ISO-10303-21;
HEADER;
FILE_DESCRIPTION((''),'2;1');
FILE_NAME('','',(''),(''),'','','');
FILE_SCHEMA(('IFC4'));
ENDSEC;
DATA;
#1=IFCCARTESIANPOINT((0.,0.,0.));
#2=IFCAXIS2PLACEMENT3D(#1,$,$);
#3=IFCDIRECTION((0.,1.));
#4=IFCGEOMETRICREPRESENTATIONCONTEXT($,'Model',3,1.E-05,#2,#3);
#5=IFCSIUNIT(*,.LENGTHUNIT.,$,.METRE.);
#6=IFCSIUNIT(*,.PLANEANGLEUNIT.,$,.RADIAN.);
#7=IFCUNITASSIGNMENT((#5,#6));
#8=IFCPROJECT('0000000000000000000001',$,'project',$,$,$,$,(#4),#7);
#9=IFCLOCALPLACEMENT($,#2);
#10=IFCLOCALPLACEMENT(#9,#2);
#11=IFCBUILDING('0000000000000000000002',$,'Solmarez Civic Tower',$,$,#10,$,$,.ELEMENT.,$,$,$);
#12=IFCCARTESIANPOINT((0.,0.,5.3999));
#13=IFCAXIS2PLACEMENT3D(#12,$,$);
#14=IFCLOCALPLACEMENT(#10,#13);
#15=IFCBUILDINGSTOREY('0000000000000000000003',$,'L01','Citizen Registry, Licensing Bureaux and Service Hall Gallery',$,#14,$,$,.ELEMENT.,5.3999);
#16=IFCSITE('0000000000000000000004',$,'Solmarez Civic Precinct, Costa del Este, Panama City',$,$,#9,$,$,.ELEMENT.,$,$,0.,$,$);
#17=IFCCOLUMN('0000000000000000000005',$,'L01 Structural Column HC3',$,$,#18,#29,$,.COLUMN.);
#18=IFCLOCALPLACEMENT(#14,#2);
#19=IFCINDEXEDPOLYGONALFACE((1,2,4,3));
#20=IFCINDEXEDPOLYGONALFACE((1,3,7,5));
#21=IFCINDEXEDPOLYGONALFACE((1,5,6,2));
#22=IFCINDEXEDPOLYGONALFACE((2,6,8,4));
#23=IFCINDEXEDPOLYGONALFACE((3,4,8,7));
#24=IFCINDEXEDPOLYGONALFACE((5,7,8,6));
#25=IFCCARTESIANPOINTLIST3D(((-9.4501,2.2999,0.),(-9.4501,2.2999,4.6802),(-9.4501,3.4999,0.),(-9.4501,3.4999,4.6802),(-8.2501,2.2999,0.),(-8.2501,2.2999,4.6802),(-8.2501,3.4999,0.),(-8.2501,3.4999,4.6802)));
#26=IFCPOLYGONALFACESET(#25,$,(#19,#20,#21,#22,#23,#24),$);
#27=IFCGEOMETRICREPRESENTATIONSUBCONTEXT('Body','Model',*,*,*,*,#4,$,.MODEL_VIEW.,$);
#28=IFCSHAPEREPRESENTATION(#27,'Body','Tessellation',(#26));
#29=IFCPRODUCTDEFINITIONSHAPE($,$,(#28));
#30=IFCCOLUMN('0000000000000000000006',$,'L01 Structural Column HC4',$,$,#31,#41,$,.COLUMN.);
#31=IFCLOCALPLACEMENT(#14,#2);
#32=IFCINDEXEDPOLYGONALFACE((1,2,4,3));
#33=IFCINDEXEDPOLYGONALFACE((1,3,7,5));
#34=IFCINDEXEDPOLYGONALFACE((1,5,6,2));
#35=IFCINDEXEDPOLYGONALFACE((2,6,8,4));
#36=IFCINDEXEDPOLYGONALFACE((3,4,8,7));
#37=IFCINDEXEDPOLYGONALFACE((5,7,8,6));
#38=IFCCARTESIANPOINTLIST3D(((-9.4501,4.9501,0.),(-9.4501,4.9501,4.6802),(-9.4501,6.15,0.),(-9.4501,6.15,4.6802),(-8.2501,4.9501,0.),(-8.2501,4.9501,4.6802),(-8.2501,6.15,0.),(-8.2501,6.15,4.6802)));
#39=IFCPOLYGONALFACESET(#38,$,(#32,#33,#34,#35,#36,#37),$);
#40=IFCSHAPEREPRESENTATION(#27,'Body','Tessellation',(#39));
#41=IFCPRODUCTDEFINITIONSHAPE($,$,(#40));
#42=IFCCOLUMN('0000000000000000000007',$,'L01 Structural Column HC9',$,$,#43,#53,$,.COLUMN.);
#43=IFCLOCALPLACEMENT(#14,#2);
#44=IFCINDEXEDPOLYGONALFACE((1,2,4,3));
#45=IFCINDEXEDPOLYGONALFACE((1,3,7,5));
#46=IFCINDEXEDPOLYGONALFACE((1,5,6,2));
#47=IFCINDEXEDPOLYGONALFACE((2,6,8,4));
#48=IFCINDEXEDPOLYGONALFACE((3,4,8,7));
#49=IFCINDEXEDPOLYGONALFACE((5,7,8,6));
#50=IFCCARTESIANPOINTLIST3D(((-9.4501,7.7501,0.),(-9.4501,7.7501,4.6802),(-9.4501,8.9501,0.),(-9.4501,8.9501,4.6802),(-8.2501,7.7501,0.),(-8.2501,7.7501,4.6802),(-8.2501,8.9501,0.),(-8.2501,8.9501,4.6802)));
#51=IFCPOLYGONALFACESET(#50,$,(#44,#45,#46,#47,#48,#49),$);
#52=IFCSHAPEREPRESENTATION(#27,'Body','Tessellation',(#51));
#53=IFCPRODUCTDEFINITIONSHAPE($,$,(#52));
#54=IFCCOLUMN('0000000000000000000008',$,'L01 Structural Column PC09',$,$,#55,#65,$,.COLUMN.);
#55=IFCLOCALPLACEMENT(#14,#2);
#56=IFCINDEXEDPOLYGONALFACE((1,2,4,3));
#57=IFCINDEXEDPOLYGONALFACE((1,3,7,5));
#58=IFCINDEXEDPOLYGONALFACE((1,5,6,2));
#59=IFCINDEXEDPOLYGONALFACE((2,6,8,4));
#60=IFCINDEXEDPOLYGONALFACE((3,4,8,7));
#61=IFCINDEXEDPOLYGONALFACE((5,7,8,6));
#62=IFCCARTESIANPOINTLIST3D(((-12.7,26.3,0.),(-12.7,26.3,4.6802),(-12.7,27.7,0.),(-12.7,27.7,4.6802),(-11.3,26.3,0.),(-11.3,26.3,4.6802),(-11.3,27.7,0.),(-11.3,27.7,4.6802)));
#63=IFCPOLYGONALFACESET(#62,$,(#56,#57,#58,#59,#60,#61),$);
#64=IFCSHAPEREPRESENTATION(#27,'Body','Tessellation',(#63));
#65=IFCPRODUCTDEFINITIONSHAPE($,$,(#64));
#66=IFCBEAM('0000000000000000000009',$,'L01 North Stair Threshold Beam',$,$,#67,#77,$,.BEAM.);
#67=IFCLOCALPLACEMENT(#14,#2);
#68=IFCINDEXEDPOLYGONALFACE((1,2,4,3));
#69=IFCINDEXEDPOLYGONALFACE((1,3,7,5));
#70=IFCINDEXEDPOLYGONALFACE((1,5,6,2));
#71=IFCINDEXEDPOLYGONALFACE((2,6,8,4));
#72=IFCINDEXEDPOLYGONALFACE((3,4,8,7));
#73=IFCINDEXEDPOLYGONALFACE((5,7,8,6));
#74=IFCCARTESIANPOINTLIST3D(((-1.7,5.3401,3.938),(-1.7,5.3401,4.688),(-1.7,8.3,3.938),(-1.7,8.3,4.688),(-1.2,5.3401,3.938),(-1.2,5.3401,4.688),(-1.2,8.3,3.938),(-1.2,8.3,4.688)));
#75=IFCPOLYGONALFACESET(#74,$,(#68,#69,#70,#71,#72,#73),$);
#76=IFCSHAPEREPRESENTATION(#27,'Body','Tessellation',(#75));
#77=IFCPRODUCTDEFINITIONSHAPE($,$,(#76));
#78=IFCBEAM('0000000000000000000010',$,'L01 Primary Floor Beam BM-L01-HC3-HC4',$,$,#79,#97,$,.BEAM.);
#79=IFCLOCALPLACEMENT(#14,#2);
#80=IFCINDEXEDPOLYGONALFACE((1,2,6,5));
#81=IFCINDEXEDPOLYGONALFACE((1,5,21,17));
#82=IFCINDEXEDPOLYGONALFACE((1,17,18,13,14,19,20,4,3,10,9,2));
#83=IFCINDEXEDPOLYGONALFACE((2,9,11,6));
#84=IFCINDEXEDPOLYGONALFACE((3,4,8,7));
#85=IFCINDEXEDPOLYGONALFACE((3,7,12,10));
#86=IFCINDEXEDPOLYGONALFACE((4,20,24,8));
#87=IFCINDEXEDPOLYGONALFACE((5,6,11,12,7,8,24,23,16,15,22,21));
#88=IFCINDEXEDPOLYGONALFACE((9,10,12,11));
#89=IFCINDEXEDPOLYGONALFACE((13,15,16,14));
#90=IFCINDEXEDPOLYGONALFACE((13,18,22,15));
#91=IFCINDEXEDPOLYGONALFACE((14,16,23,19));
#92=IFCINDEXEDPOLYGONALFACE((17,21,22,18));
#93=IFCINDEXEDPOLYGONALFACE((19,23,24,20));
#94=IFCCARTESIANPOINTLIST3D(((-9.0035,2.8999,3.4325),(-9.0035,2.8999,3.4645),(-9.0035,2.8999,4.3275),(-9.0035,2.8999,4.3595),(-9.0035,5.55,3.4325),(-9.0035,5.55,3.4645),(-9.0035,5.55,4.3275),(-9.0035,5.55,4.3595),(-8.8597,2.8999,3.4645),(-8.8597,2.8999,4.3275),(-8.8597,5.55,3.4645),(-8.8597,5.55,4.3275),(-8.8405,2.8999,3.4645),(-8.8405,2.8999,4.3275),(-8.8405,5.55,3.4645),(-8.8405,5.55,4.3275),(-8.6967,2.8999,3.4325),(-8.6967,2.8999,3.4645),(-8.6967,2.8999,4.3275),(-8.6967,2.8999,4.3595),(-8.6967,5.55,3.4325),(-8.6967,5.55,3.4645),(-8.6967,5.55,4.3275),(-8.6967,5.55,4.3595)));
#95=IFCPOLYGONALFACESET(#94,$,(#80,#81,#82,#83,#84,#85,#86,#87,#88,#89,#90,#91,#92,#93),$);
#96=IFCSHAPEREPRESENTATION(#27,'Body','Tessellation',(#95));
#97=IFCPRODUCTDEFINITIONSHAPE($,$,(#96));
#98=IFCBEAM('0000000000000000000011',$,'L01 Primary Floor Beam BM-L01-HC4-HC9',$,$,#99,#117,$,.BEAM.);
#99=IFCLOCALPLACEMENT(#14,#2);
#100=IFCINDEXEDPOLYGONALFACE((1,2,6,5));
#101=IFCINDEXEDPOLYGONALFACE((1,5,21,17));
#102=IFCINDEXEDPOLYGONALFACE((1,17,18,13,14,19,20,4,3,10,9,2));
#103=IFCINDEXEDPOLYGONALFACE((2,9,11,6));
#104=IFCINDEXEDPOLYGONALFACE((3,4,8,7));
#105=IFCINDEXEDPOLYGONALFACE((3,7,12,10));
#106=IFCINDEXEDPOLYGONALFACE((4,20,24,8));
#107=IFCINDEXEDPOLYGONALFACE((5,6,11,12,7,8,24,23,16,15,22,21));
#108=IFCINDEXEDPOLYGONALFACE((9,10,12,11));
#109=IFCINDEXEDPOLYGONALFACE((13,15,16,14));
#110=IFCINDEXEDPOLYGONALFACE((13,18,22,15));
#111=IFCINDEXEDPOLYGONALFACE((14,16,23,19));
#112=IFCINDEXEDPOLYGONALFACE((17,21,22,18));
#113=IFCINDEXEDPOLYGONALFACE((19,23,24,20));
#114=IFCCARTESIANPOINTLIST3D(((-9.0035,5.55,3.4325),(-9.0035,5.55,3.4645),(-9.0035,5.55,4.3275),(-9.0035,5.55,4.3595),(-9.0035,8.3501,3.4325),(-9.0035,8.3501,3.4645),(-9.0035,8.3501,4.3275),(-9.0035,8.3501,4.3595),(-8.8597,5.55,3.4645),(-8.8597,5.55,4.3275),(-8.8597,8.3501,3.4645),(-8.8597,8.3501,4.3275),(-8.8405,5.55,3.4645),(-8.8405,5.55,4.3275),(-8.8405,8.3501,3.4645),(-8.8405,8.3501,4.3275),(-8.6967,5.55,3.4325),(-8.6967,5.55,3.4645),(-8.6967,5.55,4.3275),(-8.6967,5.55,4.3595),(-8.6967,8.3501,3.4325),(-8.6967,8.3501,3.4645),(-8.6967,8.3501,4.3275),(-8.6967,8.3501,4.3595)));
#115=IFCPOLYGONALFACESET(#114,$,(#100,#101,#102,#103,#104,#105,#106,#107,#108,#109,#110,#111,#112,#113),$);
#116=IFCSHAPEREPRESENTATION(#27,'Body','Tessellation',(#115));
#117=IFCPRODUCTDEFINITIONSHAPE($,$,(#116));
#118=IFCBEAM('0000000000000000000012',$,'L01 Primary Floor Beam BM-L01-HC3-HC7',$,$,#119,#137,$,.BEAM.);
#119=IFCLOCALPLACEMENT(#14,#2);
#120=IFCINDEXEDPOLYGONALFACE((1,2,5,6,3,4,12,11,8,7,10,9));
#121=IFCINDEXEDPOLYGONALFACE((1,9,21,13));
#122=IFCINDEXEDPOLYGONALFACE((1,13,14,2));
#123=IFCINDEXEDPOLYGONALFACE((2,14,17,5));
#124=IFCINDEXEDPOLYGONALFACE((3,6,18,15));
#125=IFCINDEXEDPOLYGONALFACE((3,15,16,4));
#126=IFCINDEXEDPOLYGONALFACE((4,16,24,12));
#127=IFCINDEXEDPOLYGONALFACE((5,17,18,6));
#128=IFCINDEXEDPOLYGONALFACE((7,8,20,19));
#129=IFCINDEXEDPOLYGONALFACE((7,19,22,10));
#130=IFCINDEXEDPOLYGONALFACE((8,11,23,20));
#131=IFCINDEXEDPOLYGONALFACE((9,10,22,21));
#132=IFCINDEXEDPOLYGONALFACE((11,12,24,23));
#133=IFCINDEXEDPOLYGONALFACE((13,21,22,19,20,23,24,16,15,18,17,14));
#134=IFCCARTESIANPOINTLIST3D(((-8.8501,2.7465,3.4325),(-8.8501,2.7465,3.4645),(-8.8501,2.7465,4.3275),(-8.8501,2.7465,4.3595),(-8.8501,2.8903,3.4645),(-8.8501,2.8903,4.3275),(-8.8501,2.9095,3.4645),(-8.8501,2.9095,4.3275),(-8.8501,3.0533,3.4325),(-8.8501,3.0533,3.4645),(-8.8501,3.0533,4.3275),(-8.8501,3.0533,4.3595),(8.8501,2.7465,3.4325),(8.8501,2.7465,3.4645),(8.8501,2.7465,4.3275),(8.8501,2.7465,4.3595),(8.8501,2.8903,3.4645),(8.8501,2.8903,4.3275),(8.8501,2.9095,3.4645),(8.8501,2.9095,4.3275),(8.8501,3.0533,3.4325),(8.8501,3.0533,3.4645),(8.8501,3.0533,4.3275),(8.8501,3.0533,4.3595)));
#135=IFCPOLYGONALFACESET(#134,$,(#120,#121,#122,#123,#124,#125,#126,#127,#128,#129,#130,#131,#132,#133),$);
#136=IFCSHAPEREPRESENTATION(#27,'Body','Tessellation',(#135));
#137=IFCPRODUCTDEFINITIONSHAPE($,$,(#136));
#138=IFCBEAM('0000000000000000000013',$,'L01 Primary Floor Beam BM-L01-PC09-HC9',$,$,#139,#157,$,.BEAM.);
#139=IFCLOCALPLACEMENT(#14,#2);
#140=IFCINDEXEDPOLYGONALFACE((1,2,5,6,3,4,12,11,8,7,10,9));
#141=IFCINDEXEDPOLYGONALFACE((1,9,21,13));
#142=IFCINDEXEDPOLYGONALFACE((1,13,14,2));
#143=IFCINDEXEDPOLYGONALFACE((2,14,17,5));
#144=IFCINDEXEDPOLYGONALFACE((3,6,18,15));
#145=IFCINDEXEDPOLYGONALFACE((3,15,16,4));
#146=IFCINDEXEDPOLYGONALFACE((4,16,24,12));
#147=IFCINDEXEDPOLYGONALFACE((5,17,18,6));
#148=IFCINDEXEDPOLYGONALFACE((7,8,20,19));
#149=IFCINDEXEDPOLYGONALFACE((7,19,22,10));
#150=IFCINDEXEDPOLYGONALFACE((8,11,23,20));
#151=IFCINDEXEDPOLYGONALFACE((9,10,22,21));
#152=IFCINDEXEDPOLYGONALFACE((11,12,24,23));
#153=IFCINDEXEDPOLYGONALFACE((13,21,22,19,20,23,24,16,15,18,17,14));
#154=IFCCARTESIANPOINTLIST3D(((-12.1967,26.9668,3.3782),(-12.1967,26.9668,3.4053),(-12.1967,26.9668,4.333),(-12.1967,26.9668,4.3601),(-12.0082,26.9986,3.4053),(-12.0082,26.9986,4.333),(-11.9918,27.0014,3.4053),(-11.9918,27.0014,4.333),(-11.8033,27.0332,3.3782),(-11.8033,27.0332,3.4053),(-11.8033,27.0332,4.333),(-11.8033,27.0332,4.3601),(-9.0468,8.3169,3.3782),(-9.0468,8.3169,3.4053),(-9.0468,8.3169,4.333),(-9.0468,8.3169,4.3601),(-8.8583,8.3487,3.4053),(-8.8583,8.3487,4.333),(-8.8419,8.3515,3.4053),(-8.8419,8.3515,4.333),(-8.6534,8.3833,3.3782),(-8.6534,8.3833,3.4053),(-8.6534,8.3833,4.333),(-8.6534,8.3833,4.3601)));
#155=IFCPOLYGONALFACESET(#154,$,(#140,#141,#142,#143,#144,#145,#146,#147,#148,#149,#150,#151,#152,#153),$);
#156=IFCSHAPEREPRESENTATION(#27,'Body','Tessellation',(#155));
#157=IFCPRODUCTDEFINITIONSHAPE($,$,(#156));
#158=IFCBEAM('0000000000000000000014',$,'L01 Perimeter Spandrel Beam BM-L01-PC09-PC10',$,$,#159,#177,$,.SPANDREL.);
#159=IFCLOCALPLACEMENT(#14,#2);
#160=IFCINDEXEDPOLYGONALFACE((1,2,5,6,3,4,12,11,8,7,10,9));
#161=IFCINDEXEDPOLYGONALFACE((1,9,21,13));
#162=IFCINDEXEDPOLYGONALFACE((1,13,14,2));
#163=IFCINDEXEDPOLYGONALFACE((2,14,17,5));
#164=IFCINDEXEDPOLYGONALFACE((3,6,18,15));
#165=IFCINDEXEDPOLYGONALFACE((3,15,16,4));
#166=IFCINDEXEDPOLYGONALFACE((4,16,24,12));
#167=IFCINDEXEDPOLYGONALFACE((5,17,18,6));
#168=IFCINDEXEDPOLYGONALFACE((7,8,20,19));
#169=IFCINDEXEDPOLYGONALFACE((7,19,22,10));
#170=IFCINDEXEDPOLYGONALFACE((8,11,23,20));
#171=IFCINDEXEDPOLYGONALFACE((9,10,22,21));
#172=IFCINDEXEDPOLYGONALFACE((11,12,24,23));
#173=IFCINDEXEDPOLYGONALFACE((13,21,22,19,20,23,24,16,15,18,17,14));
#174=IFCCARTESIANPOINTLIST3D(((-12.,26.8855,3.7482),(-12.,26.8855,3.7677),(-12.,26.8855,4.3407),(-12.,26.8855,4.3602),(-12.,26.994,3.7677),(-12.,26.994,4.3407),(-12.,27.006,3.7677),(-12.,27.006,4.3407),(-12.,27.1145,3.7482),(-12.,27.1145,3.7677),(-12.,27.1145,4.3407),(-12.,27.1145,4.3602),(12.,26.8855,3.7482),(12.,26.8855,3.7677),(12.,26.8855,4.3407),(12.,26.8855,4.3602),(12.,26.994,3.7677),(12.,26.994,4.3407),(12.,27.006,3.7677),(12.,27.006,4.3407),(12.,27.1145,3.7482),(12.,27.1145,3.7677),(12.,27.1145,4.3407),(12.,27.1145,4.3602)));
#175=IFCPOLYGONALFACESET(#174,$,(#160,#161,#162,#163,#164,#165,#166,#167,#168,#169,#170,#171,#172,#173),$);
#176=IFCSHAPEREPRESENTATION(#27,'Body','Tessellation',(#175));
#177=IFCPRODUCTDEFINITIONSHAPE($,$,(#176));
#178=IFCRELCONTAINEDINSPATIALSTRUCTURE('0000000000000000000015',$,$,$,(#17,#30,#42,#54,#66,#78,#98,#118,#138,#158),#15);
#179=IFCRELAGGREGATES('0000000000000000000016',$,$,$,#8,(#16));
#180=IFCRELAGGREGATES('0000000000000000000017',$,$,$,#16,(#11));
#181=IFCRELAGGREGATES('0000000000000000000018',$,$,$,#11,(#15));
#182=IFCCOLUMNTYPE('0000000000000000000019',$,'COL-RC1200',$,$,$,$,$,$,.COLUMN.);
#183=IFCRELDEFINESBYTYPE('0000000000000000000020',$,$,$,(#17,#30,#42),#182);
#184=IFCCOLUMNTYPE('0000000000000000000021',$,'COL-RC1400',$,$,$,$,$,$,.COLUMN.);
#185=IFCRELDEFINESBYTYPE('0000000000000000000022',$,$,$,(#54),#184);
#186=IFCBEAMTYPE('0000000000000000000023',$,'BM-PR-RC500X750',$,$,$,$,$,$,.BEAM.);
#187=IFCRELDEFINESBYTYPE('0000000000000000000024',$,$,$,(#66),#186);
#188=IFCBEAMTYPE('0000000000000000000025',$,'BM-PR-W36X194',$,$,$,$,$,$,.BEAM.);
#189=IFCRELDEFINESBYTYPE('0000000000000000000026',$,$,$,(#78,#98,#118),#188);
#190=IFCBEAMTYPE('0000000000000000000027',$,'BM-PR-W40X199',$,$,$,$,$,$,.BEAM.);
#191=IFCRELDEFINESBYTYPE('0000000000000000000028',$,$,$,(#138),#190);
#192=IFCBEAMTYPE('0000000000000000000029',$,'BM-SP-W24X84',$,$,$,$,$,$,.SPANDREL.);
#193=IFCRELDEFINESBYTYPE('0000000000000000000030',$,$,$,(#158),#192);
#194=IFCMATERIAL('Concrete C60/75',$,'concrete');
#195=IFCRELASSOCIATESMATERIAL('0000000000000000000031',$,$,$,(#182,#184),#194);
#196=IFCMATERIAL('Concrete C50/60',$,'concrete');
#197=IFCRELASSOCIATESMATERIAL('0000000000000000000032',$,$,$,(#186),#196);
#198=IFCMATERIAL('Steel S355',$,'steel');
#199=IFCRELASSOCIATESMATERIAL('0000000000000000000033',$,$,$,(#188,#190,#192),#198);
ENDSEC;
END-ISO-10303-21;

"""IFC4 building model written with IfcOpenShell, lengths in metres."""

from ifc_helpers import new_model, si_unit, direction, frame, origin, origin_2d, place, context, subcontext, project, spatial, rectangle, i_section, extrude, material, material_profile, profile_set, type_object, element, save


model = new_model("IFC4")

# Units and contexts
model_context = context("Model", 3, precision=1e-05, world=origin(), true_north=direction((0.0, 1.0)))
body_context = subcontext(model_context, "Body", "Model", "MODEL_VIEW")
ifc_project = project(units=[si_unit("LENGTHUNIT", "METRE"), si_unit("PLANEANGLEUNIT", "RADIAN")], contexts=[model_context])

# Site, building, storey
site_placement = place(None, origin())
site = spatial("IfcSite", under=ifc_project, at=site_placement, Name="Solmarez Civic Precinct, Costa del Este, Panama City", CompositionType="ELEMENT", RefElevation=0.0)
building_placement = place(site_placement, origin())
building = spatial("IfcBuilding", under=site, at=building_placement, Name="Solmarez Civic Tower", CompositionType="ELEMENT")
storey_placement = place(building_placement, frame((0.0, 0.0, 5.3999)))
storey = spatial("IfcBuildingStorey", under=building, at=storey_placement, Name="L01", Description="Citizen Registry, Licensing Bureaux and Service Hall Gallery", CompositionType="ELEMENT", Elevation=5.3999)

# Columns
ifc_material_1 = material(Name="Concrete C60/75", Category="concrete")
ifc_material_profile_1 = material_profile(ifc_material_1, rectangle(XDim=1.2, YDim=1.2, at=origin_2d()), Name="RC1200X1200")
ifc_profile_set_1 = profile_set([ifc_material_profile_1], Name="Concrete C60/75")
column_type_1 = type_object("IfcColumnType", Name="COL-RC1200", PredefinedType="COLUMN", material=ifc_profile_set_1)
for number, where, z_axis, x_axis, name in (
    (1, (-8.8501, 2.8999, 0.0), (0.0, 0.0, 1.0), (1.0, 0.0, 0.0), "L01 Structural Column HC3"),
    (2, (-8.8501, 5.55, 0.0), (0.0, 0.0, 1.0), (1.0, 0.0, 0.0), "L01 Structural Column HC4"),
    (3, (-8.8501, 8.3501, 0.0), (0.0, 0.0, 1.0), (1.0, 0.0, 0.0), "L01 Structural Column HC9"),
):
    element("IfcColumn", number, at=place(storey_placement, frame(where, z_axis=z_axis, x_axis=x_axis)), inside=storey, type_object=column_type_1, Name=name, PredefinedType="COLUMN", context=body_context, shape_type="SweptSolid", body=[
        extrude(rectangle(XDim=1.2, YDim=1.2, at=origin_2d()), origin(), (0.0, 0.0, 1.0), 4.6802),
    ])
ifc_material_profile_2 = material_profile(ifc_material_1, rectangle(XDim=1.3999, YDim=1.3999, at=origin_2d()), Name="RC1400X1400")
ifc_profile_set_2 = profile_set([ifc_material_profile_2], Name="Concrete C60/75")
column_type_2 = type_object("IfcColumnType", Name="COL-RC1400", PredefinedType="COLUMN", material=ifc_profile_set_2)
column_placement = place(storey_placement, frame((-12.0, 27.0, 0.0), z_axis=(0.0, 0.0, 1.0), x_axis=(1.0, 0.0, 0.0)))
element("IfcColumn", 4, at=column_placement, inside=storey, type_object=column_type_2, Name="L01 Structural Column PC09", PredefinedType="COLUMN", context=body_context, shape_type="SweptSolid", body=[
    extrude(rectangle(XDim=1.3999, YDim=1.3999, at=origin_2d()), origin(), (0.0, 0.0, 1.0), 4.6802),
])

# Beams
ifc_material_2 = material(Name="Concrete C50/60", Category="concrete")
ifc_material_profile_3 = material_profile(ifc_material_2, rectangle(XDim=0.5, YDim=0.75, at=origin_2d()), Name="RC500X750")
ifc_profile_set_3 = profile_set([ifc_material_profile_3], Name="Concrete C50/60")
beam_type_1 = type_object("IfcBeamType", Name="BM-PR-RC500X750", PredefinedType="BEAM", material=ifc_profile_set_3)
beam_1_placement = place(storey_placement, frame((-1.45, 5.3401, 4.313), z_axis=(0.0, 1.0, 0.0), x_axis=(-1.0, 0.0, 0.0)))
element("IfcBeam", 5, at=beam_1_placement, inside=storey, type_object=beam_type_1, Name="L01 North Stair Threshold Beam", PredefinedType="BEAM", context=body_context, shape_type="SweptSolid", body=[
    extrude(rectangle(XDim=0.5, YDim=0.75, at=origin_2d()), origin(), (0.0, 0.0, 1.0), 2.96),
])
ifc_material_3 = material(Name="Steel S355", Category="steel")
ifc_material_profile_4 = material_profile(ifc_material_3, i_section(OverallWidth=0.3069, OverallDepth=0.927, WebThickness=0.0193, FlangeThickness=0.032, at=origin_2d()), Name="W36X194")
ifc_profile_set_4 = profile_set([ifc_material_profile_4], Name="Steel S355")
beam_type_2 = type_object("IfcBeamType", Name="BM-PR-W36X194", PredefinedType="BEAM", material=ifc_profile_set_4)
beam_2_placement = place(storey_placement, frame((-8.8501, 2.8999, 3.896), z_axis=(0.0, 1.0, 0.0), x_axis=(-1.0, 0.0, 0.0)))
element("IfcBeam", 6, at=beam_2_placement, inside=storey, type_object=beam_type_2, Name="L01 Primary Floor Beam BM-L01-HC3-HC4", PredefinedType="BEAM", context=body_context, shape_type="SweptSolid", body=[
    extrude(i_section(OverallWidth=0.3069, OverallDepth=0.927, WebThickness=0.0193, FlangeThickness=0.032, at=origin_2d()), origin(), (0.0, 0.0, 1.0), 2.6501),
])
beam_3_placement = place(storey_placement, frame((-8.8501, 5.55, 3.896), z_axis=(0.0, 1.0, 0.0), x_axis=(-1.0, 0.0, 0.0)))
element("IfcBeam", 7, at=beam_3_placement, inside=storey, type_object=beam_type_2, Name="L01 Primary Floor Beam BM-L01-HC4-HC9", PredefinedType="BEAM", context=body_context, shape_type="SweptSolid", body=[
    extrude(i_section(OverallWidth=0.3069, OverallDepth=0.927, WebThickness=0.0193, FlangeThickness=0.032, at=origin_2d()), origin(), (0.0, 0.0, 1.0), 2.8),
])
beam_4_placement = place(storey_placement, frame((-8.8501, 2.8999, 3.896), z_axis=(1.0, 0.0, 0.0), x_axis=(0.0, 1.0, 0.0)))
element("IfcBeam", 8, at=beam_4_placement, inside=storey, type_object=beam_type_2, Name="L01 Primary Floor Beam BM-L01-HC3-HC7", PredefinedType="BEAM", context=body_context, shape_type="SweptSolid", body=[
    extrude(i_section(OverallWidth=0.3069, OverallDepth=0.927, WebThickness=0.0193, FlangeThickness=0.032, at=origin_2d()), origin(), (0.0, 0.0, 1.0), 17.7002),
])
ifc_material_profile_5 = material_profile(ifc_material_3, i_section(OverallWidth=0.3989, OverallDepth=0.9819, WebThickness=0.0166, FlangeThickness=0.0271, at=origin_2d()), Name="W40X199")
ifc_profile_set_5 = profile_set([ifc_material_profile_5], Name="Steel S355")
beam_type_3 = type_object("IfcBeamType", Name="BM-PR-W40X199", PredefinedType="BEAM", material=ifc_profile_set_5)
beam_5_placement = place(storey_placement, frame((-12.0, 27.0, 3.8691), z_axis=(0.166538, -0.986035, 0.0), x_axis=(0.986035, 0.166538, 0.0)))
element("IfcBeam", 9, at=beam_5_placement, inside=storey, type_object=beam_type_3, Name="L01 Primary Floor Beam BM-L01-PC09-HC9", PredefinedType="BEAM", context=body_context, shape_type="SweptSolid", body=[
    extrude(i_section(OverallWidth=0.3989, OverallDepth=0.9819, WebThickness=0.0166, FlangeThickness=0.0271, at=origin_2d()), origin(), (0.0, 0.0, 1.0), 18.9141),
])
ifc_material_profile_6 = material_profile(ifc_material_3, i_section(OverallWidth=0.229, OverallDepth=0.6121, WebThickness=0.012, FlangeThickness=0.0195, at=origin_2d()), Name="W24X84")
ifc_profile_set_6 = profile_set([ifc_material_profile_6], Name="Steel S355")
beam_type_4 = type_object("IfcBeamType", Name="BM-SP-W24X84", PredefinedType="SPANDREL", material=ifc_profile_set_6)
beam_6_placement = place(storey_placement, frame((-12.0, 27.0, 4.0542), z_axis=(1.0, 0.0, 0.0), x_axis=(0.0, 1.0, 0.0)))
element("IfcBeam", 10, at=beam_6_placement, inside=storey, type_object=beam_type_4, Name="L01 Perimeter Spandrel Beam BM-L01-PC09-PC10", PredefinedType="SPANDREL", context=body_context, shape_type="SweptSolid", body=[
    extrude(i_section(OverallWidth=0.229, OverallDepth=0.6121, WebThickness=0.012, FlangeThickness=0.0195, at=origin_2d()), origin(), (0.0, 0.0, 1.0), 24.0),
])

save(model, "model.ifc")
